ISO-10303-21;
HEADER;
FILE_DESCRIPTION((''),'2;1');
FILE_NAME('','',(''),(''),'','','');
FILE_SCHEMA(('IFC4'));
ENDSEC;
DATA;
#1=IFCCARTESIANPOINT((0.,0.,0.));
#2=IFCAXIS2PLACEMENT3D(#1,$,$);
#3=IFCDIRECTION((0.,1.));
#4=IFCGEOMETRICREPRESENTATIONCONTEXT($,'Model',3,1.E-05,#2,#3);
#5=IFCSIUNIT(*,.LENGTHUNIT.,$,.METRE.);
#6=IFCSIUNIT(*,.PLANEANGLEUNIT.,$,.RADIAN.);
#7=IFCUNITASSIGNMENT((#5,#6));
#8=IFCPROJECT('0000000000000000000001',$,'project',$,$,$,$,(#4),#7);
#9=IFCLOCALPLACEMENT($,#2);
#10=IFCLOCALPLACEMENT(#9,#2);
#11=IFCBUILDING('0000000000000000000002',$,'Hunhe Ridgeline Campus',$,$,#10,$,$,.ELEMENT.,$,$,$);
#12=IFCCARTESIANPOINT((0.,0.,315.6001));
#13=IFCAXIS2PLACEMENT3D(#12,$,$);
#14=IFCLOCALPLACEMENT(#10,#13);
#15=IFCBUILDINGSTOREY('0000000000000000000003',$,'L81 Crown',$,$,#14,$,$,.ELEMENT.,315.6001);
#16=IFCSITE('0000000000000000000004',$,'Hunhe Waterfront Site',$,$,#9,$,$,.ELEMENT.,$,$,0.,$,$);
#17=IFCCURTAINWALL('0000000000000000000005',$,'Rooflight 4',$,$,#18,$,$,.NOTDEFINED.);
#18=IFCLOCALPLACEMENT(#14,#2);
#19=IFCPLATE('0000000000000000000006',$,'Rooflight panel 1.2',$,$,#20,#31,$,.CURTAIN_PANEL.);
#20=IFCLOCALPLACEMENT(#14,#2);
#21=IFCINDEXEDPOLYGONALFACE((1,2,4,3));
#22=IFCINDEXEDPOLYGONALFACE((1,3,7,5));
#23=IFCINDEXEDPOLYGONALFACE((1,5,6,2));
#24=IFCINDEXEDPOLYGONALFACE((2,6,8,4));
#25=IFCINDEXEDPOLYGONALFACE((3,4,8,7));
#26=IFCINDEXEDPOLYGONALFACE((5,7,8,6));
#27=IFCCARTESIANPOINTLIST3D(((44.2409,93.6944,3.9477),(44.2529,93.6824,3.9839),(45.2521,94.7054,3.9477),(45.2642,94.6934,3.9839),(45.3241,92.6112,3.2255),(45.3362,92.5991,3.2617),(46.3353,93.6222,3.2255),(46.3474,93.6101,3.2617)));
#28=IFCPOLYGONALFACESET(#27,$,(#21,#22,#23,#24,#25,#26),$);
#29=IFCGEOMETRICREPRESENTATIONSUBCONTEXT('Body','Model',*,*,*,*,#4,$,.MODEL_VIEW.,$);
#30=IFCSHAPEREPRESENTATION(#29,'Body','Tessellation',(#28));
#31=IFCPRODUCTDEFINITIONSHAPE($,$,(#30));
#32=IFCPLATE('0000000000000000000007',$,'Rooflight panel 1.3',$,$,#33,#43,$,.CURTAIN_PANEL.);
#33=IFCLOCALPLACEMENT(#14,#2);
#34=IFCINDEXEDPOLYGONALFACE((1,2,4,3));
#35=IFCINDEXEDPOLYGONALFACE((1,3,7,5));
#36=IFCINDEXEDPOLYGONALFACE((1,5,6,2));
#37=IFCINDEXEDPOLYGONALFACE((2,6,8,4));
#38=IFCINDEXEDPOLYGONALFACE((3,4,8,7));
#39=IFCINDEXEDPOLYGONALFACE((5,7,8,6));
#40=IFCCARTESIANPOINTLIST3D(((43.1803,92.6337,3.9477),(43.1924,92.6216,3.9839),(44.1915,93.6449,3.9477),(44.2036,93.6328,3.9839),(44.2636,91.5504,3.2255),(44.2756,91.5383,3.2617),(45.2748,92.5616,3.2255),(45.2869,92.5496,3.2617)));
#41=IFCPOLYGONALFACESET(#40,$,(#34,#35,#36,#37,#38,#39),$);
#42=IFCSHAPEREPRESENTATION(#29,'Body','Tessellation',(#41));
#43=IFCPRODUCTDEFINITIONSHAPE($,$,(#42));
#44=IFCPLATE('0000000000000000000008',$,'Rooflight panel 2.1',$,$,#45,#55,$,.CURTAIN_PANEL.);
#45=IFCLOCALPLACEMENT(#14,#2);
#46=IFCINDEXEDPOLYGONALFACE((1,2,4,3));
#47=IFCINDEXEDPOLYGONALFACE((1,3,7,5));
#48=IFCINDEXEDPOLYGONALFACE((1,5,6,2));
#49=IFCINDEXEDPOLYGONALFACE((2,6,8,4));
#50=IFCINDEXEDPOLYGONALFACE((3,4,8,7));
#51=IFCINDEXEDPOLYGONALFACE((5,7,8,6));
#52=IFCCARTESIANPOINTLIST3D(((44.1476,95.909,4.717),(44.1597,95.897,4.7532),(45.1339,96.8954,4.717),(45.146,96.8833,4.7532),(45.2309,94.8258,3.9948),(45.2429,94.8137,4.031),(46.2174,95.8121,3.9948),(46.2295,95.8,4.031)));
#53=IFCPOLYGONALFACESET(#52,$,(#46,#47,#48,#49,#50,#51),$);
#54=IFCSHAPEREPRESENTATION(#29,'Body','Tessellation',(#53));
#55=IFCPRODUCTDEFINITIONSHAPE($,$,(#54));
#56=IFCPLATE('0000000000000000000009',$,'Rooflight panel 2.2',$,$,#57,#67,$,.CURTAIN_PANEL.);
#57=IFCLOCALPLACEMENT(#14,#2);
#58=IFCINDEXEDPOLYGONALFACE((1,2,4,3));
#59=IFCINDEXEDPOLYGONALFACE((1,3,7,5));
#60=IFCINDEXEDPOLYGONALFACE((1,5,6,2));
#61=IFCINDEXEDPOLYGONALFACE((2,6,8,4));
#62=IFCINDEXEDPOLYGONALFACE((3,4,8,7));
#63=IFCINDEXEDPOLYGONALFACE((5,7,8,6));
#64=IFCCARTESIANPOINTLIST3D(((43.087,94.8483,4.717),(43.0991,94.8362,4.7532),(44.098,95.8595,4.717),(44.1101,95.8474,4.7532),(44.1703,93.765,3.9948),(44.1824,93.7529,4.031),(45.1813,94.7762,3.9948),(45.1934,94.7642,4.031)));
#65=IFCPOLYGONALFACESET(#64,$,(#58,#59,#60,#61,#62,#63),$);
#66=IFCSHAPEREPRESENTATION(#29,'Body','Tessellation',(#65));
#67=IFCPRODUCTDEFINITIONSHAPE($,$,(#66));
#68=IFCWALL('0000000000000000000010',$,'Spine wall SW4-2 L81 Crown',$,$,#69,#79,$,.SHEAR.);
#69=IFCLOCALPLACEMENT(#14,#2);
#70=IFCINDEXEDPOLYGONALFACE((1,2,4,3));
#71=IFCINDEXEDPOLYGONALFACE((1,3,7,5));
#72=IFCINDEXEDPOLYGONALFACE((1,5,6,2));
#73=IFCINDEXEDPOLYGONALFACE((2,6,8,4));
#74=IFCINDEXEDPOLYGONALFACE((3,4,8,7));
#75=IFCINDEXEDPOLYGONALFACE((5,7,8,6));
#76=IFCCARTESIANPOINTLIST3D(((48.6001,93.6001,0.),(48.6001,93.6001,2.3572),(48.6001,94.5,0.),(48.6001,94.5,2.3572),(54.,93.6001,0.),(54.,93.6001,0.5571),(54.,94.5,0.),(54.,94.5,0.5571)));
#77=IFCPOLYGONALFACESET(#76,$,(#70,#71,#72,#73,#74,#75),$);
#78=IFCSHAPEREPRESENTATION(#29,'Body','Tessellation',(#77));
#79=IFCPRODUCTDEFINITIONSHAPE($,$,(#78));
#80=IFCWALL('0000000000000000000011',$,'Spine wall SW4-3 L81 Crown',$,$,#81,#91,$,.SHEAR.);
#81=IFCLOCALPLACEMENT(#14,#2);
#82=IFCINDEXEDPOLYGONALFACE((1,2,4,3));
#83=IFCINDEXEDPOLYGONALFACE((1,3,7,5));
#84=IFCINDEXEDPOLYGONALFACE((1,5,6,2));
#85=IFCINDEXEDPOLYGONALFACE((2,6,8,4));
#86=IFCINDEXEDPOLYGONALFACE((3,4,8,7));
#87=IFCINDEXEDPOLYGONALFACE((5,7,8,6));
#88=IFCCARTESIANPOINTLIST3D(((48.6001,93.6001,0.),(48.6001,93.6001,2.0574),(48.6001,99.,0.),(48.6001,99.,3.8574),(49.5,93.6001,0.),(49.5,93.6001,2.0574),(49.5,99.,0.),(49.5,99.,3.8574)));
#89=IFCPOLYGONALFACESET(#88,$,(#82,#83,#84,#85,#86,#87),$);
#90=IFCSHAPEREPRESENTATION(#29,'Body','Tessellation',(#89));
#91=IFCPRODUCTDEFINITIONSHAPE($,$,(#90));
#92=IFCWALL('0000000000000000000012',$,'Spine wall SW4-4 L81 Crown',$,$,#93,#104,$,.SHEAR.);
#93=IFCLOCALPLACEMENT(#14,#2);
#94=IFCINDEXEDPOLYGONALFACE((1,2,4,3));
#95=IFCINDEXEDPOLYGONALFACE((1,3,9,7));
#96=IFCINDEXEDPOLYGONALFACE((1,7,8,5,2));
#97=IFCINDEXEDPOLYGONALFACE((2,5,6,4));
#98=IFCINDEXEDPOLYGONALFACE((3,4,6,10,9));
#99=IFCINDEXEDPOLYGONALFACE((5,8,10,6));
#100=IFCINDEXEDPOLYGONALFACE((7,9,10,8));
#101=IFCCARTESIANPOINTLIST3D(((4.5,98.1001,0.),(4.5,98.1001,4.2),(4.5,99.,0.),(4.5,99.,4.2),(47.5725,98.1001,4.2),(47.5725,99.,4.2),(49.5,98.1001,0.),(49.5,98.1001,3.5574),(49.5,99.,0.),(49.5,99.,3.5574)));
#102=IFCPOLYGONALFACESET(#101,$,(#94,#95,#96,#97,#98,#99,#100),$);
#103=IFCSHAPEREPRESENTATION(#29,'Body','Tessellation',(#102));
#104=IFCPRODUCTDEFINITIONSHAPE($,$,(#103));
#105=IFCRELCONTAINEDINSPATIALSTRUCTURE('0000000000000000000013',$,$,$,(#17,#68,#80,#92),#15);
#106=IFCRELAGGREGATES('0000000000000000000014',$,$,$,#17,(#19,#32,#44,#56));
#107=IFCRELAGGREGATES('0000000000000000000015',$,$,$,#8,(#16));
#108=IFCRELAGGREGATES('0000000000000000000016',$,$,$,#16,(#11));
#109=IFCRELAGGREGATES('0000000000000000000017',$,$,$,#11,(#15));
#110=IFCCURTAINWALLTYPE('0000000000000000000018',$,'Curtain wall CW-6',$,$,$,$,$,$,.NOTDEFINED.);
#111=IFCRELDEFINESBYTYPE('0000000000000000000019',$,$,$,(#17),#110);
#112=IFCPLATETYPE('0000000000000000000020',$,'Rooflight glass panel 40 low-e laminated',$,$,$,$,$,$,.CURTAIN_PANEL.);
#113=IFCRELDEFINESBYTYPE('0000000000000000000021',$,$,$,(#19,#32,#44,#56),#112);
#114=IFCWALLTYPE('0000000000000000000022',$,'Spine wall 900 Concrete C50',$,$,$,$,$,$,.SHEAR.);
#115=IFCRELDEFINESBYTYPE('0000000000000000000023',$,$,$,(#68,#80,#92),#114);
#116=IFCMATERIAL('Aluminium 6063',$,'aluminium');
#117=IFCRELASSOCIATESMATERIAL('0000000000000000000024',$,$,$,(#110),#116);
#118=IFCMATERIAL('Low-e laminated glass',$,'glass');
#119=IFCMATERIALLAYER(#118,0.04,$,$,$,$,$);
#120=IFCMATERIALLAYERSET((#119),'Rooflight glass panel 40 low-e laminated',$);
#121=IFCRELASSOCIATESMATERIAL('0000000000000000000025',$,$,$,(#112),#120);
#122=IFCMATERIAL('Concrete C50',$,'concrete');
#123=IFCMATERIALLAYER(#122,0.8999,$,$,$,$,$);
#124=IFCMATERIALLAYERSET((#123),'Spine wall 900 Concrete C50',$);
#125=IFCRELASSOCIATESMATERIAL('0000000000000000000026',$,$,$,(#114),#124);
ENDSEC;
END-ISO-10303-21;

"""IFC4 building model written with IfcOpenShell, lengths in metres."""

from ifc_helpers import new_model, si_unit, direction, frame, origin, place, context, subcontext, project, spatial, polyline, outline, extrude, material, layer, layer_set, type_object, element, aggregate, save


model = new_model("IFC4")

# Units and contexts
model_context = context("Model", 3, precision=1e-05, world=origin(), true_north=direction((0.0, 1.0)))
body_context = subcontext(model_context, "Body", "Model", "MODEL_VIEW")
ifc_project = project(units=[si_unit("LENGTHUNIT", "METRE"), si_unit("PLANEANGLEUNIT", "RADIAN")], contexts=[model_context])

# Site, building, storey
site_placement = place(None, origin())
site = spatial("IfcSite", under=ifc_project, at=site_placement, Name="Hunhe Waterfront Site", CompositionType="ELEMENT", RefElevation=0.0)
building_placement = place(site_placement, origin())
building = spatial("IfcBuilding", under=site, at=building_placement, Name="Hunhe Ridgeline Campus", CompositionType="ELEMENT")
storey_placement = place(building_placement, frame((0.0, 0.0, 315.6001)))
storey = spatial("IfcBuildingStorey", under=building, at=storey_placement, Name="L81 Crown", CompositionType="ELEMENT", Elevation=315.6001)

# Curtain wall
ifc_material_1 = material(Name="Aluminium 6063", Category="aluminium")
curtain_wall_type = type_object("IfcCurtainWallType", Name="Curtain wall CW-6", PredefinedType="NOTDEFINED", material=ifc_material_1)
curtain_wall_1_placement = place(storey_placement, origin())
curtain_wall_1 = element("IfcCurtainWall", 1, at=curtain_wall_1_placement, inside=storey, type_object=curtain_wall_type, Name="Rooflight 4", PredefinedType="NOTDEFINED")

# Plates
ifc_material_2 = material(Name="Low-e laminated glass", Category="glass")
ifc_layer_1 = layer(ifc_material_2, 0.04)
ifc_layer_set_1 = layer_set([ifc_layer_1], Name="Rooflight glass panel 40 low-e laminated")
plate_type = type_object("IfcPlateType", Name="Rooflight glass panel 40 low-e laminated", PredefinedType="CURTAIN_PANEL", material=ifc_layer_set_1)
plate_1_placement = place(storey_placement, frame((46.3474, 93.6101, 3.2617), z_axis=(0.301475, -0.301548, 0.904534), x_axis=(-0.639602, 0.639602, 0.426401)))
plate_1 = element("IfcPlate", 2, at=plate_1_placement, type_object=plate_type, Name="Rooflight panel 1.2", PredefinedType="CURTAIN_PANEL", context=body_context, shape_type="SweptSolid", body=[
    extrude(outline(polyline([(0.0, 0.0), (1.6936, 0.0), (1.6938, 1.4299), (0.0002, 1.4299), (0.0, 0.0)])), origin(), (0.0, 0.0, -1.0), 0.04),
])
plate_2_placement = place(storey_placement, frame((45.2869, 92.5496, 3.2617), z_axis=(0.301511, -0.301511, 0.904534), x_axis=(-0.639602, 0.639602, 0.426401)))
plate_2 = element("IfcPlate", 3, at=plate_2_placement, type_object=plate_type, Name="Rooflight panel 1.3", PredefinedType="CURTAIN_PANEL", context=body_context, shape_type="SweptSolid", body=[
    extrude(outline(polyline([(0.0, 0.0), (1.6936, 0.0), (1.6936, 1.4301), (0.0, 1.4301), (0.0, 0.0)])), origin(), (0.0, 0.0, -1.0), 0.04),
])
plate_3_placement = place(storey_placement, frame((46.2295, 95.8, 4.031), z_axis=(0.301479, -0.301516, 0.904543), x_axis=(-0.639681, 0.639537, 0.426382)))
plate_3 = element("IfcPlate", 4, at=plate_3_placement, type_object=plate_type, Name="Rooflight panel 2.1", PredefinedType="CURTAIN_PANEL", context=body_context, shape_type="SweptSolid", body=[
    extrude(outline(polyline([(0.0, 0.0), (1.6938, 0.0), (1.6939, 1.3949), (0.0003, 1.3951), (0.0, 0.0)])), origin(), (0.0, 0.0, -1.0), 0.04),
])
plate_4_placement = place(storey_placement, frame((45.1934, 94.7642, 4.031), z_axis=(0.301548, -0.301475, 0.904534), x_axis=(-0.639602, 0.639602, 0.426401)))
plate_4 = element("IfcPlate", 5, at=plate_4_placement, type_object=plate_type, Name="Rooflight panel 2.2", PredefinedType="CURTAIN_PANEL", context=body_context, shape_type="SweptSolid", body=[
    extrude(outline(polyline([(0.0, 0.0), (1.6936, 0.0), (1.6935, 1.4299), (-0.0002, 1.4299), (0.0, 0.0)])), origin(), (0.0, 0.0, -1.0), 0.04),
])
aggregate(curtain_wall_1, [plate_1, plate_2, plate_3, plate_4])

# Walls
ifc_material_3 = material(Name="Concrete C50", Category="concrete")
ifc_layer_2 = layer(ifc_material_3, 0.8999)
ifc_layer_set_2 = layer_set([ifc_layer_2], Name="Spine wall 900 Concrete C50")
wall_type = type_object("IfcWallType", Name="Spine wall 900 Concrete C50", PredefinedType="SHEAR", material=ifc_layer_set_2)
wall_1_placement = place(storey_placement, frame((54.0, 94.05, 0.0), z_axis=(0.0, 0.0, 1.0), x_axis=(-1.0, 0.0, 0.0)))
element("IfcWall", 6, at=wall_1_placement, inside=storey, type_object=wall_type, Name="Spine wall SW4-2 L81 Crown", PredefinedType="SHEAR", context=body_context, shape_type="SweptSolid", body=[
    extrude(outline(polyline([(0.0, 0.0), (5.3999, 0.0), (5.3999, 2.3572), (0.0, 0.5571), (0.0, 0.0)])), frame((0.0, 0.45, 0.0), z_axis=(0.0, -1.0, 0.0), x_axis=(1.0, 0.0, 0.0)), (0.0, 0.0, 1.0), 0.8999),
])
wall_2_placement = place(storey_placement, frame((49.05, 93.6001, 0.0), z_axis=(0.0, 0.0, 1.0), x_axis=(0.0, 1.0, 0.0)))
element("IfcWall", 7, at=wall_2_placement, inside=storey, type_object=wall_type, Name="Spine wall SW4-3 L81 Crown", PredefinedType="SHEAR", context=body_context, shape_type="SweptSolid", body=[
    extrude(outline(polyline([(0.0, 0.0), (5.3999, 0.0), (5.3999, 3.8574), (0.0, 2.0574), (0.0, 0.0)])), frame((0.0, 0.45, 0.0), z_axis=(0.0, -1.0, 0.0), x_axis=(1.0, 0.0, 0.0)), (0.0, 0.0, 1.0), 0.8999),
])
wall_3_placement = place(storey_placement, frame((49.5, 98.55, 0.0), z_axis=(0.0, 0.0, 1.0), x_axis=(-1.0, 0.0, 0.0)))
element("IfcWall", 8, at=wall_3_placement, inside=storey, type_object=wall_type, Name="Spine wall SW4-4 L81 Crown", PredefinedType="SHEAR", context=body_context, shape_type="SweptSolid", body=[
    extrude(outline(polyline([(0.0, 0.0), (45.0, 0.0), (45.0, 4.2), (1.9275, 4.2), (0.0, 3.5574), (0.0, 0.0)])), frame((0.0, 0.45, 0.0), z_axis=(0.0, -1.0, 0.0), x_axis=(1.0, 0.0, 0.0)), (0.0, 0.0, 1.0), 0.8999),
])

save(model, "model.ifc")
